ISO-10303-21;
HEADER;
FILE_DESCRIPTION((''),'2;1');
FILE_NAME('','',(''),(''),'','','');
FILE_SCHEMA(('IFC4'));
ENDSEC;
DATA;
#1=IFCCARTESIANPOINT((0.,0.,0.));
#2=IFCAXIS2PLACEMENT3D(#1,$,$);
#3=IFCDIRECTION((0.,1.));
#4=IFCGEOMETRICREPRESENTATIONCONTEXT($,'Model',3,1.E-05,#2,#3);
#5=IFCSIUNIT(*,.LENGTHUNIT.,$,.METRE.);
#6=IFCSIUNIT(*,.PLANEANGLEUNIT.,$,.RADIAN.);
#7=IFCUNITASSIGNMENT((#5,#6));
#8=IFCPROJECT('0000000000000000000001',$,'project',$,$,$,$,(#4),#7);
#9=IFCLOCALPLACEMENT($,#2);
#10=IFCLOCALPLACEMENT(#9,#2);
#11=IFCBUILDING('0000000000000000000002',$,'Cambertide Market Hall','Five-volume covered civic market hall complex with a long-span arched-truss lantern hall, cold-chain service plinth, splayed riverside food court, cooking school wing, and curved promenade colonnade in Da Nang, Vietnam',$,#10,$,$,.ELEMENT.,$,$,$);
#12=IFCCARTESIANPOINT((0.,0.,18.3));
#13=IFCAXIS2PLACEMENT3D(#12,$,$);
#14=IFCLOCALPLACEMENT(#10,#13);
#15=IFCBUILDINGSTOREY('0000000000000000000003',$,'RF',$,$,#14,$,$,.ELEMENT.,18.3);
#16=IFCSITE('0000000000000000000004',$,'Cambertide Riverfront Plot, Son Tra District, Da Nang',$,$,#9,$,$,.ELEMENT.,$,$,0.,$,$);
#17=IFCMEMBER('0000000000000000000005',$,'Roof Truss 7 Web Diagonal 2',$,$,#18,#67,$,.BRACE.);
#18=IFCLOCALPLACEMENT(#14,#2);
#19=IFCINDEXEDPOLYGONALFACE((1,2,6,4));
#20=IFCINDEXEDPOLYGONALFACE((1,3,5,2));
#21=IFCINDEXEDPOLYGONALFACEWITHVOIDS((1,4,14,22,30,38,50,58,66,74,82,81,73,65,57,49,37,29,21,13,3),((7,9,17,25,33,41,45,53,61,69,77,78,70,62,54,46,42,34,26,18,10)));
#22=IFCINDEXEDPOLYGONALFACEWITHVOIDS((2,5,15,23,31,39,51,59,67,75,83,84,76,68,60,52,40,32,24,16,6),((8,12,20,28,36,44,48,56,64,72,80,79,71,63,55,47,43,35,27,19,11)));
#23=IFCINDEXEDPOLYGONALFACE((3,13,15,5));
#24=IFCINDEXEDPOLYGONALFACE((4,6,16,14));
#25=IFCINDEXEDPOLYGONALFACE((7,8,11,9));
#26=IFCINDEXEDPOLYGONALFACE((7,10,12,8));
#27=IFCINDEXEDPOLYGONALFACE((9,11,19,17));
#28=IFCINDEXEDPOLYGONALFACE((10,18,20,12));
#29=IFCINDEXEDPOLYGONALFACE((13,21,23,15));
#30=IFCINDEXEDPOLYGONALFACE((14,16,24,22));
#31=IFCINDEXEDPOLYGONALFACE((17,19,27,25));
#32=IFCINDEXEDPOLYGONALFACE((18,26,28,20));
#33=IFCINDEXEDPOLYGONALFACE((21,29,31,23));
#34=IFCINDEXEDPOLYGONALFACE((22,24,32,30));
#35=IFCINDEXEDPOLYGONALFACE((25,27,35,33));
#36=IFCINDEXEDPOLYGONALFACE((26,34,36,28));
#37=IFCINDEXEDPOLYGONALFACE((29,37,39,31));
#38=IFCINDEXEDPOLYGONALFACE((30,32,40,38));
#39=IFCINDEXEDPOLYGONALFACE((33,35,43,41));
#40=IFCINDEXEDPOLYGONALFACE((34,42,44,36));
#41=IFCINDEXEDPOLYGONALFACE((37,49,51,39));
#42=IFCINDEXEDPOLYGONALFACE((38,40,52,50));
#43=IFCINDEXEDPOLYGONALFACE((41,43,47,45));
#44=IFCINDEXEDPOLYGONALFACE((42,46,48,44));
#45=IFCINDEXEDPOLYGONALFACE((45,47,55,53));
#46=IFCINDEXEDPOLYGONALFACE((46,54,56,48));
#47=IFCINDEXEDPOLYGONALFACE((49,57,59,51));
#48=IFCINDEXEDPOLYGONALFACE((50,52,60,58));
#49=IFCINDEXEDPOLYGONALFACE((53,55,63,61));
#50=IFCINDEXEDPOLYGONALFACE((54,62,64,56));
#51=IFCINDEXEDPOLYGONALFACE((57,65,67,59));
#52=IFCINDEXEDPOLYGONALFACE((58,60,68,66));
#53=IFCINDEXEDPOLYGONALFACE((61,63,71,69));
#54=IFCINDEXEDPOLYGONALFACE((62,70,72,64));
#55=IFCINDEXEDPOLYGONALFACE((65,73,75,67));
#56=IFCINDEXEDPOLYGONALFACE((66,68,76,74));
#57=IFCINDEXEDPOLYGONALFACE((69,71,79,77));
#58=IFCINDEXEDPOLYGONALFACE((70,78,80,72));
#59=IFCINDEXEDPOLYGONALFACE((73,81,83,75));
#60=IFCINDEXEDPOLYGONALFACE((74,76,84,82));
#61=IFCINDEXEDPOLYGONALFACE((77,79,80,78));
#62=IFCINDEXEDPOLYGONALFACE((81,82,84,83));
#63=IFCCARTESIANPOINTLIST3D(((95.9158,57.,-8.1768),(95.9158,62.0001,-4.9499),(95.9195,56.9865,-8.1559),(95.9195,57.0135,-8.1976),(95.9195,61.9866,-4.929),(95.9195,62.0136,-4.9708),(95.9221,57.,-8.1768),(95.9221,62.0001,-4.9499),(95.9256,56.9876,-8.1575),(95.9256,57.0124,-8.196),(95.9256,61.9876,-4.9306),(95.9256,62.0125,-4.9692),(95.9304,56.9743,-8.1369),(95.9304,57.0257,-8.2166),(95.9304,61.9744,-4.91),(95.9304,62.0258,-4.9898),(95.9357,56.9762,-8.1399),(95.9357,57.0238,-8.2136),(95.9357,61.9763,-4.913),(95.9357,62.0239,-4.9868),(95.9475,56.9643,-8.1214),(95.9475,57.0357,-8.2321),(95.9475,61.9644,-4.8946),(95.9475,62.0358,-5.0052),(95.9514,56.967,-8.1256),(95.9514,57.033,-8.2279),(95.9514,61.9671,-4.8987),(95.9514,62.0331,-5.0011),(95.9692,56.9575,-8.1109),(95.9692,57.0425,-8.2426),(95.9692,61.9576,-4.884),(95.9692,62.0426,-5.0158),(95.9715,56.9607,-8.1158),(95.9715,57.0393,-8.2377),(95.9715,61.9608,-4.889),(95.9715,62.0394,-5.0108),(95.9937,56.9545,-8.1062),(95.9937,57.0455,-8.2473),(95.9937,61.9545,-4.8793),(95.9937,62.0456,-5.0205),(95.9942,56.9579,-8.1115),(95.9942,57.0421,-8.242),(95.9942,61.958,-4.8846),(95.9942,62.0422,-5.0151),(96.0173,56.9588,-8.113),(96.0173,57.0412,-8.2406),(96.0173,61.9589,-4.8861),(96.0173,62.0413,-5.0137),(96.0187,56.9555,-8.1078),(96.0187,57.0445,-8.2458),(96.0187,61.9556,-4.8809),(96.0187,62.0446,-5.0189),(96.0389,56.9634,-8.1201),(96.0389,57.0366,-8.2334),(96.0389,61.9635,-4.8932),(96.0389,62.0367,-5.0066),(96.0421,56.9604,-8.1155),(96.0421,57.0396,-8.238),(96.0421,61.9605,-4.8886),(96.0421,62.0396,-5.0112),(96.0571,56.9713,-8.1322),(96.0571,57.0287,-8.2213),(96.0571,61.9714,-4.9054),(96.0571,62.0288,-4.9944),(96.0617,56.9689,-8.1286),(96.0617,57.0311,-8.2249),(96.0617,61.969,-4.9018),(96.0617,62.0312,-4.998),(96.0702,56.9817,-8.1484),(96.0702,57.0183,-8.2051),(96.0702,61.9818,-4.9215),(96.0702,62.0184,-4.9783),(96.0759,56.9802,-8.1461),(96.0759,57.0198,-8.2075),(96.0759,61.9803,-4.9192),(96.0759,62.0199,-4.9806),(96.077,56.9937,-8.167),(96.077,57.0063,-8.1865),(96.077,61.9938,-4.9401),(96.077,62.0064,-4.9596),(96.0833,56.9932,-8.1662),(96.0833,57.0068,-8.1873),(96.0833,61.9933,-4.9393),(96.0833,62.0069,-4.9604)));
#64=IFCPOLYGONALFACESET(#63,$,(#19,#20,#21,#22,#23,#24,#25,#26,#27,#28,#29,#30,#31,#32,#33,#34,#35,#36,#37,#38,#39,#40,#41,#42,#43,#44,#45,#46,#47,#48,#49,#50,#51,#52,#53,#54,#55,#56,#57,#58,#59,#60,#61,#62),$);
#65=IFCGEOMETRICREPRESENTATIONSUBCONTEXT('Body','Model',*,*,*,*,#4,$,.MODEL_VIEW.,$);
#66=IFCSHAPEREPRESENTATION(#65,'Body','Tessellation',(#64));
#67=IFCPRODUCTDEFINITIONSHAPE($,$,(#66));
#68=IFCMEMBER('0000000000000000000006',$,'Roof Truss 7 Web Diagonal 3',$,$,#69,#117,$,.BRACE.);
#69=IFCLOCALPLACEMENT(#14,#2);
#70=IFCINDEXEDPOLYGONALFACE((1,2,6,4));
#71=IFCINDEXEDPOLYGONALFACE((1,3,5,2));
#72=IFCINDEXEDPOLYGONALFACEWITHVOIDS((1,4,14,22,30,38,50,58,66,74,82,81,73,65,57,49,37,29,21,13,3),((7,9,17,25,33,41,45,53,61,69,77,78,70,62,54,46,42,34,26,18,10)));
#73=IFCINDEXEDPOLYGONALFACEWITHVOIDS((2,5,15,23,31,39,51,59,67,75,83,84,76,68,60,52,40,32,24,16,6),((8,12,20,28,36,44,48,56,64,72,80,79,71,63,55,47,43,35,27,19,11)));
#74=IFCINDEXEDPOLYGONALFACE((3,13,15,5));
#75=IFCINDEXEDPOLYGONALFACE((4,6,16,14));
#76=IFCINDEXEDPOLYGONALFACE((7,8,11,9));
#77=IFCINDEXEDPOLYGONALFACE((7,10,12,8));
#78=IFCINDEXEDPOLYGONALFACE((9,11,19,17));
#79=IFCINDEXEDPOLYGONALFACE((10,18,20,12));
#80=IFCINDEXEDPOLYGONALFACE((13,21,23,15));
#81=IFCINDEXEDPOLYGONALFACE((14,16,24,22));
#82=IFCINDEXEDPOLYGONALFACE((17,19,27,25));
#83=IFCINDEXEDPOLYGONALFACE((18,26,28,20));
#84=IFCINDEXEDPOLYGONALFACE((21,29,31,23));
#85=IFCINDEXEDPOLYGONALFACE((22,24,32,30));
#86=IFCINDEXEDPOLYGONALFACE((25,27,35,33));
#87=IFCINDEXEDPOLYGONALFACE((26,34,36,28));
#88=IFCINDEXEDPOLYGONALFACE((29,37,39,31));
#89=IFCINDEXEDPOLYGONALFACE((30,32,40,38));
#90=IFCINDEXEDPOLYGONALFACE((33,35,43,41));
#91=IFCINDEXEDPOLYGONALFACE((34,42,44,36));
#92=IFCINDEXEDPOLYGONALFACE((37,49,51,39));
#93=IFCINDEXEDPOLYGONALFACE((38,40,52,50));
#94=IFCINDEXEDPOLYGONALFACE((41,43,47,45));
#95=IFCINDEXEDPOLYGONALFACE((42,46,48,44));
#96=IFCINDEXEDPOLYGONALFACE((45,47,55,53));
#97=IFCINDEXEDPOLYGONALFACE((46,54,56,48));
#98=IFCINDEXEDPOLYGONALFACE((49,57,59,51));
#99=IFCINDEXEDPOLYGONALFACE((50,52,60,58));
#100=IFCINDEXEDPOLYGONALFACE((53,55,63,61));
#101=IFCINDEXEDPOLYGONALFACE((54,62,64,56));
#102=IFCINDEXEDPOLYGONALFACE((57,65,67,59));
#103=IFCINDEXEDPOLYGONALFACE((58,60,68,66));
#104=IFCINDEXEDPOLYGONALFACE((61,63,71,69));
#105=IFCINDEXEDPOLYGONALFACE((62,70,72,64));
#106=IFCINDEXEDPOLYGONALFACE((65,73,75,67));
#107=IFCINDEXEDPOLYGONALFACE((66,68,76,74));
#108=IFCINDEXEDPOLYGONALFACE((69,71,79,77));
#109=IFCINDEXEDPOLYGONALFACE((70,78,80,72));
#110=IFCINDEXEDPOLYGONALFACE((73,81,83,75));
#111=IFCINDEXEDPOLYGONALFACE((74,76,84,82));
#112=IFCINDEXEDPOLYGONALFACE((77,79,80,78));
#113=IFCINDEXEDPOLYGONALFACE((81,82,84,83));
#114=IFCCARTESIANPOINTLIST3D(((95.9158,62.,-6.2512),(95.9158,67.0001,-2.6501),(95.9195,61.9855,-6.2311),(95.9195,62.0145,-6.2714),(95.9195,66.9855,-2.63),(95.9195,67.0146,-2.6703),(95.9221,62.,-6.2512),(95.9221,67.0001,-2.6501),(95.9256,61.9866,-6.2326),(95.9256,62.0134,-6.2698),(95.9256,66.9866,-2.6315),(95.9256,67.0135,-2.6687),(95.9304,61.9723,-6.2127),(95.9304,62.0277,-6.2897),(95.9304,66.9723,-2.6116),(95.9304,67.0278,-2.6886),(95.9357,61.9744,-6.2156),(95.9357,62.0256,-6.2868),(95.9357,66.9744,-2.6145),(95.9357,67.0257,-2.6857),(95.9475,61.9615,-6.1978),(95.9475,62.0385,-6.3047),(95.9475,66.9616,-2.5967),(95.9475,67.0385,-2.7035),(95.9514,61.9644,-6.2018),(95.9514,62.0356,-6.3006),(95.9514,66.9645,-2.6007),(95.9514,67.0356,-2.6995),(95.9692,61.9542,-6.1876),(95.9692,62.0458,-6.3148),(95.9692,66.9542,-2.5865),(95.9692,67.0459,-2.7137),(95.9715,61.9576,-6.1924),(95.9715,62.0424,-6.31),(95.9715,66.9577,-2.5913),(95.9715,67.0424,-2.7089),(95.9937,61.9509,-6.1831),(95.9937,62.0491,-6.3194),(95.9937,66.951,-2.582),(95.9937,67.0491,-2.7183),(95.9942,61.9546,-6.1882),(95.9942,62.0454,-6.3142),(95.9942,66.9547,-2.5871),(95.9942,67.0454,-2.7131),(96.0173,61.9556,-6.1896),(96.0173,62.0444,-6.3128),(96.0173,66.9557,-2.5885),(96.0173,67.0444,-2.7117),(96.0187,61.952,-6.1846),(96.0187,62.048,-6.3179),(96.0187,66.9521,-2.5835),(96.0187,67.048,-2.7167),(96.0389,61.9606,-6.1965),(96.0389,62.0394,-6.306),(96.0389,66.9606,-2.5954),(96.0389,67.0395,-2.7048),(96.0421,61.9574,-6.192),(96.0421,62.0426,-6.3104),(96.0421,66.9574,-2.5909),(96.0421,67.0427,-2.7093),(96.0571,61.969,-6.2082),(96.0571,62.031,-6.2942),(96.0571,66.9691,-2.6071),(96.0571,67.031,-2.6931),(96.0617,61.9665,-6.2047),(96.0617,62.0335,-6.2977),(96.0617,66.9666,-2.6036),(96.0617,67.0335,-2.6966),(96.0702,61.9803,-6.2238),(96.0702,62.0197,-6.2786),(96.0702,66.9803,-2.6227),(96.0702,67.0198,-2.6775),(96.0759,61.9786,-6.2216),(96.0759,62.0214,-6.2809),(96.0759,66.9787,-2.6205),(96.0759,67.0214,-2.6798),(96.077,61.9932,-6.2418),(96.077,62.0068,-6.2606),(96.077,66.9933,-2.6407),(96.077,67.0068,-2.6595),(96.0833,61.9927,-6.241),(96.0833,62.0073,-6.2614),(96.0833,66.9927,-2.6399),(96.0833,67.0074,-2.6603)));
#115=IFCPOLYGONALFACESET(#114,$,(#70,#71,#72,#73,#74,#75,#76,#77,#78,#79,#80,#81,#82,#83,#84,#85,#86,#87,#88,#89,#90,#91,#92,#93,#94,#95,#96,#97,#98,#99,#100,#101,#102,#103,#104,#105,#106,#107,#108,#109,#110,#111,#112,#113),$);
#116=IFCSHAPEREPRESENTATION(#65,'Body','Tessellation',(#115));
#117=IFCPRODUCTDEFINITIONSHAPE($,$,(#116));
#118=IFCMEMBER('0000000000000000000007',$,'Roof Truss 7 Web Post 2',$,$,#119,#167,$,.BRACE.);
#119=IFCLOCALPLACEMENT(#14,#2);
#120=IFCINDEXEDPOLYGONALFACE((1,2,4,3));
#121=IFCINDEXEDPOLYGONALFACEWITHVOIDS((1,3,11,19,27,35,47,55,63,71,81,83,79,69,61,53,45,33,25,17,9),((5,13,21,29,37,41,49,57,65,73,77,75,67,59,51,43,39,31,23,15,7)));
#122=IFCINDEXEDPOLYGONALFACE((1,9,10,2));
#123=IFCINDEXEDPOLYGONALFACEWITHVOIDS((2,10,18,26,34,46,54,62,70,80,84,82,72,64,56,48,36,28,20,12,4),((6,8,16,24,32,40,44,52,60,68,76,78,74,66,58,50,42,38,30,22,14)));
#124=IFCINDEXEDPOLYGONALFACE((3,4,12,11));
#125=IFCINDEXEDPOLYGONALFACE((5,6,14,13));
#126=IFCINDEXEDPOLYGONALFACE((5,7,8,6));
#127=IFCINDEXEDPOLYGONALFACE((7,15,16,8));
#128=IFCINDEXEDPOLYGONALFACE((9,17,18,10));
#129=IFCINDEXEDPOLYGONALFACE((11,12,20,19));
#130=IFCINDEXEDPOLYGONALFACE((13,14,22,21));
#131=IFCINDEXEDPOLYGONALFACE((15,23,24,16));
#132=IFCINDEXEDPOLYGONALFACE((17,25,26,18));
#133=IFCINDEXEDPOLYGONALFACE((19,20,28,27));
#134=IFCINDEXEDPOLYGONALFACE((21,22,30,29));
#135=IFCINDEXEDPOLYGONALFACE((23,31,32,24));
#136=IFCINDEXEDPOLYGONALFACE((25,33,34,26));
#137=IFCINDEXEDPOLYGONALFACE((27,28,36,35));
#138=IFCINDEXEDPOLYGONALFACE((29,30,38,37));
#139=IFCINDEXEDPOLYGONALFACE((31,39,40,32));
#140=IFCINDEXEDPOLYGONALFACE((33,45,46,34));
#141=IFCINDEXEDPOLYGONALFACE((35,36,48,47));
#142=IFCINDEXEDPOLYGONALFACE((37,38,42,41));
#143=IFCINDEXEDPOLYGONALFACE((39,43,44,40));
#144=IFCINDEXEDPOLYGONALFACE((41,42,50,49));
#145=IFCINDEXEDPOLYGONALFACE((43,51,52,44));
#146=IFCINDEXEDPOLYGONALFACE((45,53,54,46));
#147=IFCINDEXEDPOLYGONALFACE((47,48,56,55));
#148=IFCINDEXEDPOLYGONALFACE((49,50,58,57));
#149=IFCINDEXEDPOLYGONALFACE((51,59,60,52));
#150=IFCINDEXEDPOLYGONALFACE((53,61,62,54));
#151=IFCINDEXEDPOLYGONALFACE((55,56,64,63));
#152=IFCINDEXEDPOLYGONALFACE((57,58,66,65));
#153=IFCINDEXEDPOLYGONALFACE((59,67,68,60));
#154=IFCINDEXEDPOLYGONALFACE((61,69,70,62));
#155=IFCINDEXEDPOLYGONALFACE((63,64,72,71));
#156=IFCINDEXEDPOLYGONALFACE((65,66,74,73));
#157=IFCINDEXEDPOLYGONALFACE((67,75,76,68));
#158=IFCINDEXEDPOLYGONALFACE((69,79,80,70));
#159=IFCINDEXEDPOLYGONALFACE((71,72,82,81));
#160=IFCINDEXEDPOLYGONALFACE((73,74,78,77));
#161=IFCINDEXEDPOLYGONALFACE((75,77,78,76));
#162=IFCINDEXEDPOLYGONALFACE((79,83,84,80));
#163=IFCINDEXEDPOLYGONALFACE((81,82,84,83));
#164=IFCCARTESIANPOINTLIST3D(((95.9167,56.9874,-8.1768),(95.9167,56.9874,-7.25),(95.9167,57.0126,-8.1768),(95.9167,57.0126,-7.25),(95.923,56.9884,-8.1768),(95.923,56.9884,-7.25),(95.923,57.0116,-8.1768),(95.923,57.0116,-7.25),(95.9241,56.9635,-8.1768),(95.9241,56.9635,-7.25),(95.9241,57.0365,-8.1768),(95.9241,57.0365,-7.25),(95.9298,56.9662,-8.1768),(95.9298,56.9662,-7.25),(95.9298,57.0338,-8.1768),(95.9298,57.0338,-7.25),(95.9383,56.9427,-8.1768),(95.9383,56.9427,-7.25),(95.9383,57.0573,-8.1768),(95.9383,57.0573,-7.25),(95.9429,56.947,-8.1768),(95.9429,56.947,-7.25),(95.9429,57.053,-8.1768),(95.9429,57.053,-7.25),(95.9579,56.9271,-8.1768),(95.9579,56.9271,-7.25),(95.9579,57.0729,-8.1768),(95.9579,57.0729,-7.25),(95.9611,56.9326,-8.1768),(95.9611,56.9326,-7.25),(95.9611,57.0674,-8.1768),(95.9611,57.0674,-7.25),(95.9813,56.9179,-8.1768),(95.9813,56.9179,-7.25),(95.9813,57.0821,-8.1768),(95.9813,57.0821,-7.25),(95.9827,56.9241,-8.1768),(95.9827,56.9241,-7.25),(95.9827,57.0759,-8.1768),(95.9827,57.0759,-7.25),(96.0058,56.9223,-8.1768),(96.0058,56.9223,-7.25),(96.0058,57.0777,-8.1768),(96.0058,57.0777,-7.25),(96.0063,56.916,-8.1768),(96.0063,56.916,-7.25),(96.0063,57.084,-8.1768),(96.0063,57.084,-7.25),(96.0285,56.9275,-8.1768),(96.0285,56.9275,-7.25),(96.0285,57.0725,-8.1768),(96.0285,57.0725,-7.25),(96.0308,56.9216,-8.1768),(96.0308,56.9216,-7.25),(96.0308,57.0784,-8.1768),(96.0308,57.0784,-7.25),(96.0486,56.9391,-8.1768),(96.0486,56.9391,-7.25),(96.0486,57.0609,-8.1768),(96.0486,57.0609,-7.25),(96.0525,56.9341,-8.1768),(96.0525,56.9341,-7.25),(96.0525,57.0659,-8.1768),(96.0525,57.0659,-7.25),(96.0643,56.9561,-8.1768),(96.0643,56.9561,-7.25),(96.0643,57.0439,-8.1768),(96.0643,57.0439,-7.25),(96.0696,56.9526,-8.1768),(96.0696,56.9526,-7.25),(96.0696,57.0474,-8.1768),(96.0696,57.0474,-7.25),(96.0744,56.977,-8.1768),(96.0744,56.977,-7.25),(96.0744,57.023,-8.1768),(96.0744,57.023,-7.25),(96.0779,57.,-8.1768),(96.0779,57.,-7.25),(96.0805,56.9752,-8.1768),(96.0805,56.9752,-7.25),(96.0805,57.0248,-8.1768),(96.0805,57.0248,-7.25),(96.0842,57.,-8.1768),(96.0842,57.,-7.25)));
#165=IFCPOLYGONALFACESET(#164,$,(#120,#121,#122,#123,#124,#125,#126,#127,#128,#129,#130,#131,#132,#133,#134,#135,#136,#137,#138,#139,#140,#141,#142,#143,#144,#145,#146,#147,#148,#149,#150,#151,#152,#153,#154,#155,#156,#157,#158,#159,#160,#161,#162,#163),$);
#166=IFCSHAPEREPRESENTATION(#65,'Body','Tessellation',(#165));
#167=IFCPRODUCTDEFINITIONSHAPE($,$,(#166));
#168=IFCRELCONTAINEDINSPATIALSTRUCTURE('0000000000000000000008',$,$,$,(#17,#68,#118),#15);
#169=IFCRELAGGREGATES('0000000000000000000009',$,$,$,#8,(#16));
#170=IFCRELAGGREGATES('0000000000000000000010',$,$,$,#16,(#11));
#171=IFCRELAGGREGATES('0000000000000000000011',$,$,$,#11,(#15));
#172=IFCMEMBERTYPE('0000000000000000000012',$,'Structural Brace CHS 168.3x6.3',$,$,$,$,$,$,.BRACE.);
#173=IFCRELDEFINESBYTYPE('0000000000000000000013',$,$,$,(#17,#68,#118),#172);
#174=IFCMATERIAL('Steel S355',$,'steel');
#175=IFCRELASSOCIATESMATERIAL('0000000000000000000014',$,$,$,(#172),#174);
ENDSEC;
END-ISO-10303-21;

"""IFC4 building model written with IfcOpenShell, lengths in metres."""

from ifc_helpers import new_model, si_unit, direction, frame, origin, origin_2d, place, context, subcontext, project, spatial, hollow_circle, extrude, material, material_profile, profile_set, type_object, element, save


model = new_model("IFC4")

# Units and contexts
model_context = context("Model", 3, precision=1e-05, world=origin(), true_north=direction((0.0, 1.0)))
body_context = subcontext(model_context, "Body", "Model", "MODEL_VIEW")
ifc_project = project(units=[si_unit("LENGTHUNIT", "METRE"), si_unit("PLANEANGLEUNIT", "RADIAN")], contexts=[model_context])

# Site, building, storey
site_placement = place(None, origin())
site = spatial("IfcSite", under=ifc_project, at=site_placement, Name="Cambertide Riverfront Plot, Son Tra District, Da Nang", CompositionType="ELEMENT", RefElevation=0.0)
building_placement = place(site_placement, origin())
building = spatial("IfcBuilding", under=site, at=building_placement, Name="Cambertide Market Hall", Description="Five-volume covered civic market hall complex with a long-span arched-truss lantern hall, cold-chain service plinth, splayed riverside food court, cooking school wing, and curved promenade colonnade in Da Nang, Vietnam", CompositionType="ELEMENT")
storey_placement = place(building_placement, frame((0.0, 0.0, 18.3)))
storey = spatial("IfcBuildingStorey", under=building, at=storey_placement, Name="RF", CompositionType="ELEMENT", Elevation=18.3)

# Members
ifc_material_1 = material(Name="Steel S355", Category="steel")
ifc_material_profile_1 = material_profile(ifc_material_1, hollow_circle(Radius=0.0842, WallThickness=0.0063, at=origin_2d()), Name="CHS 168.3x6.3")
ifc_profile_set_1 = profile_set([ifc_material_profile_1], Name="Steel S355")
member_type_1 = type_object("IfcMemberType", Name="Structural Brace CHS 168.3x6.3", PredefinedType="BRACE", material=ifc_profile_set_1)
member_1_placement = place(storey_placement, frame((96.0, 57.0, -8.1768), z_axis=(0.0, 0.84022, 0.542246), x_axis=(-1.0, 0.0, 0.0)))
element("IfcMember", 1, at=member_1_placement, inside=storey, type_object=member_type_1, Name="Roof Truss 7 Web Diagonal 2", PredefinedType="BRACE", context=body_context, shape_type="SweptSolid", body=[
    extrude(hollow_circle(Radius=0.0842, WallThickness=0.0063, at=origin_2d()), origin(), (0.0, 0.0, 1.0), 5.9509),
])
member_2_placement = place(storey_placement, frame((96.0, 62.0, -6.2512), z_axis=(0.0, 0.811452, 0.58442), x_axis=(-1.0, 0.0, 0.0)))
element("IfcMember", 2, at=member_2_placement, inside=storey, type_object=member_type_1, Name="Roof Truss 7 Web Diagonal 3", PredefinedType="BRACE", context=body_context, shape_type="SweptSolid", body=[
    extrude(hollow_circle(Radius=0.0842, WallThickness=0.0063, at=origin_2d()), origin(), (0.0, 0.0, 1.0), 6.1619),
])
member_3_placement = place(storey_placement, frame((96.0, 57.0, -8.1768), z_axis=(0.0, 0.0, 1.0), x_axis=(1.0, 0.0, 0.0)))
element("IfcMember", 3, at=member_3_placement, inside=storey, type_object=member_type_1, Name="Roof Truss 7 Web Post 2", PredefinedType="BRACE", context=body_context, shape_type="SweptSolid", body=[
    extrude(hollow_circle(Radius=0.0842, WallThickness=0.0063, at=origin_2d()), origin(), (0.0, 0.0, 1.0), 0.9268),
])

save(model, "model.ifc")
